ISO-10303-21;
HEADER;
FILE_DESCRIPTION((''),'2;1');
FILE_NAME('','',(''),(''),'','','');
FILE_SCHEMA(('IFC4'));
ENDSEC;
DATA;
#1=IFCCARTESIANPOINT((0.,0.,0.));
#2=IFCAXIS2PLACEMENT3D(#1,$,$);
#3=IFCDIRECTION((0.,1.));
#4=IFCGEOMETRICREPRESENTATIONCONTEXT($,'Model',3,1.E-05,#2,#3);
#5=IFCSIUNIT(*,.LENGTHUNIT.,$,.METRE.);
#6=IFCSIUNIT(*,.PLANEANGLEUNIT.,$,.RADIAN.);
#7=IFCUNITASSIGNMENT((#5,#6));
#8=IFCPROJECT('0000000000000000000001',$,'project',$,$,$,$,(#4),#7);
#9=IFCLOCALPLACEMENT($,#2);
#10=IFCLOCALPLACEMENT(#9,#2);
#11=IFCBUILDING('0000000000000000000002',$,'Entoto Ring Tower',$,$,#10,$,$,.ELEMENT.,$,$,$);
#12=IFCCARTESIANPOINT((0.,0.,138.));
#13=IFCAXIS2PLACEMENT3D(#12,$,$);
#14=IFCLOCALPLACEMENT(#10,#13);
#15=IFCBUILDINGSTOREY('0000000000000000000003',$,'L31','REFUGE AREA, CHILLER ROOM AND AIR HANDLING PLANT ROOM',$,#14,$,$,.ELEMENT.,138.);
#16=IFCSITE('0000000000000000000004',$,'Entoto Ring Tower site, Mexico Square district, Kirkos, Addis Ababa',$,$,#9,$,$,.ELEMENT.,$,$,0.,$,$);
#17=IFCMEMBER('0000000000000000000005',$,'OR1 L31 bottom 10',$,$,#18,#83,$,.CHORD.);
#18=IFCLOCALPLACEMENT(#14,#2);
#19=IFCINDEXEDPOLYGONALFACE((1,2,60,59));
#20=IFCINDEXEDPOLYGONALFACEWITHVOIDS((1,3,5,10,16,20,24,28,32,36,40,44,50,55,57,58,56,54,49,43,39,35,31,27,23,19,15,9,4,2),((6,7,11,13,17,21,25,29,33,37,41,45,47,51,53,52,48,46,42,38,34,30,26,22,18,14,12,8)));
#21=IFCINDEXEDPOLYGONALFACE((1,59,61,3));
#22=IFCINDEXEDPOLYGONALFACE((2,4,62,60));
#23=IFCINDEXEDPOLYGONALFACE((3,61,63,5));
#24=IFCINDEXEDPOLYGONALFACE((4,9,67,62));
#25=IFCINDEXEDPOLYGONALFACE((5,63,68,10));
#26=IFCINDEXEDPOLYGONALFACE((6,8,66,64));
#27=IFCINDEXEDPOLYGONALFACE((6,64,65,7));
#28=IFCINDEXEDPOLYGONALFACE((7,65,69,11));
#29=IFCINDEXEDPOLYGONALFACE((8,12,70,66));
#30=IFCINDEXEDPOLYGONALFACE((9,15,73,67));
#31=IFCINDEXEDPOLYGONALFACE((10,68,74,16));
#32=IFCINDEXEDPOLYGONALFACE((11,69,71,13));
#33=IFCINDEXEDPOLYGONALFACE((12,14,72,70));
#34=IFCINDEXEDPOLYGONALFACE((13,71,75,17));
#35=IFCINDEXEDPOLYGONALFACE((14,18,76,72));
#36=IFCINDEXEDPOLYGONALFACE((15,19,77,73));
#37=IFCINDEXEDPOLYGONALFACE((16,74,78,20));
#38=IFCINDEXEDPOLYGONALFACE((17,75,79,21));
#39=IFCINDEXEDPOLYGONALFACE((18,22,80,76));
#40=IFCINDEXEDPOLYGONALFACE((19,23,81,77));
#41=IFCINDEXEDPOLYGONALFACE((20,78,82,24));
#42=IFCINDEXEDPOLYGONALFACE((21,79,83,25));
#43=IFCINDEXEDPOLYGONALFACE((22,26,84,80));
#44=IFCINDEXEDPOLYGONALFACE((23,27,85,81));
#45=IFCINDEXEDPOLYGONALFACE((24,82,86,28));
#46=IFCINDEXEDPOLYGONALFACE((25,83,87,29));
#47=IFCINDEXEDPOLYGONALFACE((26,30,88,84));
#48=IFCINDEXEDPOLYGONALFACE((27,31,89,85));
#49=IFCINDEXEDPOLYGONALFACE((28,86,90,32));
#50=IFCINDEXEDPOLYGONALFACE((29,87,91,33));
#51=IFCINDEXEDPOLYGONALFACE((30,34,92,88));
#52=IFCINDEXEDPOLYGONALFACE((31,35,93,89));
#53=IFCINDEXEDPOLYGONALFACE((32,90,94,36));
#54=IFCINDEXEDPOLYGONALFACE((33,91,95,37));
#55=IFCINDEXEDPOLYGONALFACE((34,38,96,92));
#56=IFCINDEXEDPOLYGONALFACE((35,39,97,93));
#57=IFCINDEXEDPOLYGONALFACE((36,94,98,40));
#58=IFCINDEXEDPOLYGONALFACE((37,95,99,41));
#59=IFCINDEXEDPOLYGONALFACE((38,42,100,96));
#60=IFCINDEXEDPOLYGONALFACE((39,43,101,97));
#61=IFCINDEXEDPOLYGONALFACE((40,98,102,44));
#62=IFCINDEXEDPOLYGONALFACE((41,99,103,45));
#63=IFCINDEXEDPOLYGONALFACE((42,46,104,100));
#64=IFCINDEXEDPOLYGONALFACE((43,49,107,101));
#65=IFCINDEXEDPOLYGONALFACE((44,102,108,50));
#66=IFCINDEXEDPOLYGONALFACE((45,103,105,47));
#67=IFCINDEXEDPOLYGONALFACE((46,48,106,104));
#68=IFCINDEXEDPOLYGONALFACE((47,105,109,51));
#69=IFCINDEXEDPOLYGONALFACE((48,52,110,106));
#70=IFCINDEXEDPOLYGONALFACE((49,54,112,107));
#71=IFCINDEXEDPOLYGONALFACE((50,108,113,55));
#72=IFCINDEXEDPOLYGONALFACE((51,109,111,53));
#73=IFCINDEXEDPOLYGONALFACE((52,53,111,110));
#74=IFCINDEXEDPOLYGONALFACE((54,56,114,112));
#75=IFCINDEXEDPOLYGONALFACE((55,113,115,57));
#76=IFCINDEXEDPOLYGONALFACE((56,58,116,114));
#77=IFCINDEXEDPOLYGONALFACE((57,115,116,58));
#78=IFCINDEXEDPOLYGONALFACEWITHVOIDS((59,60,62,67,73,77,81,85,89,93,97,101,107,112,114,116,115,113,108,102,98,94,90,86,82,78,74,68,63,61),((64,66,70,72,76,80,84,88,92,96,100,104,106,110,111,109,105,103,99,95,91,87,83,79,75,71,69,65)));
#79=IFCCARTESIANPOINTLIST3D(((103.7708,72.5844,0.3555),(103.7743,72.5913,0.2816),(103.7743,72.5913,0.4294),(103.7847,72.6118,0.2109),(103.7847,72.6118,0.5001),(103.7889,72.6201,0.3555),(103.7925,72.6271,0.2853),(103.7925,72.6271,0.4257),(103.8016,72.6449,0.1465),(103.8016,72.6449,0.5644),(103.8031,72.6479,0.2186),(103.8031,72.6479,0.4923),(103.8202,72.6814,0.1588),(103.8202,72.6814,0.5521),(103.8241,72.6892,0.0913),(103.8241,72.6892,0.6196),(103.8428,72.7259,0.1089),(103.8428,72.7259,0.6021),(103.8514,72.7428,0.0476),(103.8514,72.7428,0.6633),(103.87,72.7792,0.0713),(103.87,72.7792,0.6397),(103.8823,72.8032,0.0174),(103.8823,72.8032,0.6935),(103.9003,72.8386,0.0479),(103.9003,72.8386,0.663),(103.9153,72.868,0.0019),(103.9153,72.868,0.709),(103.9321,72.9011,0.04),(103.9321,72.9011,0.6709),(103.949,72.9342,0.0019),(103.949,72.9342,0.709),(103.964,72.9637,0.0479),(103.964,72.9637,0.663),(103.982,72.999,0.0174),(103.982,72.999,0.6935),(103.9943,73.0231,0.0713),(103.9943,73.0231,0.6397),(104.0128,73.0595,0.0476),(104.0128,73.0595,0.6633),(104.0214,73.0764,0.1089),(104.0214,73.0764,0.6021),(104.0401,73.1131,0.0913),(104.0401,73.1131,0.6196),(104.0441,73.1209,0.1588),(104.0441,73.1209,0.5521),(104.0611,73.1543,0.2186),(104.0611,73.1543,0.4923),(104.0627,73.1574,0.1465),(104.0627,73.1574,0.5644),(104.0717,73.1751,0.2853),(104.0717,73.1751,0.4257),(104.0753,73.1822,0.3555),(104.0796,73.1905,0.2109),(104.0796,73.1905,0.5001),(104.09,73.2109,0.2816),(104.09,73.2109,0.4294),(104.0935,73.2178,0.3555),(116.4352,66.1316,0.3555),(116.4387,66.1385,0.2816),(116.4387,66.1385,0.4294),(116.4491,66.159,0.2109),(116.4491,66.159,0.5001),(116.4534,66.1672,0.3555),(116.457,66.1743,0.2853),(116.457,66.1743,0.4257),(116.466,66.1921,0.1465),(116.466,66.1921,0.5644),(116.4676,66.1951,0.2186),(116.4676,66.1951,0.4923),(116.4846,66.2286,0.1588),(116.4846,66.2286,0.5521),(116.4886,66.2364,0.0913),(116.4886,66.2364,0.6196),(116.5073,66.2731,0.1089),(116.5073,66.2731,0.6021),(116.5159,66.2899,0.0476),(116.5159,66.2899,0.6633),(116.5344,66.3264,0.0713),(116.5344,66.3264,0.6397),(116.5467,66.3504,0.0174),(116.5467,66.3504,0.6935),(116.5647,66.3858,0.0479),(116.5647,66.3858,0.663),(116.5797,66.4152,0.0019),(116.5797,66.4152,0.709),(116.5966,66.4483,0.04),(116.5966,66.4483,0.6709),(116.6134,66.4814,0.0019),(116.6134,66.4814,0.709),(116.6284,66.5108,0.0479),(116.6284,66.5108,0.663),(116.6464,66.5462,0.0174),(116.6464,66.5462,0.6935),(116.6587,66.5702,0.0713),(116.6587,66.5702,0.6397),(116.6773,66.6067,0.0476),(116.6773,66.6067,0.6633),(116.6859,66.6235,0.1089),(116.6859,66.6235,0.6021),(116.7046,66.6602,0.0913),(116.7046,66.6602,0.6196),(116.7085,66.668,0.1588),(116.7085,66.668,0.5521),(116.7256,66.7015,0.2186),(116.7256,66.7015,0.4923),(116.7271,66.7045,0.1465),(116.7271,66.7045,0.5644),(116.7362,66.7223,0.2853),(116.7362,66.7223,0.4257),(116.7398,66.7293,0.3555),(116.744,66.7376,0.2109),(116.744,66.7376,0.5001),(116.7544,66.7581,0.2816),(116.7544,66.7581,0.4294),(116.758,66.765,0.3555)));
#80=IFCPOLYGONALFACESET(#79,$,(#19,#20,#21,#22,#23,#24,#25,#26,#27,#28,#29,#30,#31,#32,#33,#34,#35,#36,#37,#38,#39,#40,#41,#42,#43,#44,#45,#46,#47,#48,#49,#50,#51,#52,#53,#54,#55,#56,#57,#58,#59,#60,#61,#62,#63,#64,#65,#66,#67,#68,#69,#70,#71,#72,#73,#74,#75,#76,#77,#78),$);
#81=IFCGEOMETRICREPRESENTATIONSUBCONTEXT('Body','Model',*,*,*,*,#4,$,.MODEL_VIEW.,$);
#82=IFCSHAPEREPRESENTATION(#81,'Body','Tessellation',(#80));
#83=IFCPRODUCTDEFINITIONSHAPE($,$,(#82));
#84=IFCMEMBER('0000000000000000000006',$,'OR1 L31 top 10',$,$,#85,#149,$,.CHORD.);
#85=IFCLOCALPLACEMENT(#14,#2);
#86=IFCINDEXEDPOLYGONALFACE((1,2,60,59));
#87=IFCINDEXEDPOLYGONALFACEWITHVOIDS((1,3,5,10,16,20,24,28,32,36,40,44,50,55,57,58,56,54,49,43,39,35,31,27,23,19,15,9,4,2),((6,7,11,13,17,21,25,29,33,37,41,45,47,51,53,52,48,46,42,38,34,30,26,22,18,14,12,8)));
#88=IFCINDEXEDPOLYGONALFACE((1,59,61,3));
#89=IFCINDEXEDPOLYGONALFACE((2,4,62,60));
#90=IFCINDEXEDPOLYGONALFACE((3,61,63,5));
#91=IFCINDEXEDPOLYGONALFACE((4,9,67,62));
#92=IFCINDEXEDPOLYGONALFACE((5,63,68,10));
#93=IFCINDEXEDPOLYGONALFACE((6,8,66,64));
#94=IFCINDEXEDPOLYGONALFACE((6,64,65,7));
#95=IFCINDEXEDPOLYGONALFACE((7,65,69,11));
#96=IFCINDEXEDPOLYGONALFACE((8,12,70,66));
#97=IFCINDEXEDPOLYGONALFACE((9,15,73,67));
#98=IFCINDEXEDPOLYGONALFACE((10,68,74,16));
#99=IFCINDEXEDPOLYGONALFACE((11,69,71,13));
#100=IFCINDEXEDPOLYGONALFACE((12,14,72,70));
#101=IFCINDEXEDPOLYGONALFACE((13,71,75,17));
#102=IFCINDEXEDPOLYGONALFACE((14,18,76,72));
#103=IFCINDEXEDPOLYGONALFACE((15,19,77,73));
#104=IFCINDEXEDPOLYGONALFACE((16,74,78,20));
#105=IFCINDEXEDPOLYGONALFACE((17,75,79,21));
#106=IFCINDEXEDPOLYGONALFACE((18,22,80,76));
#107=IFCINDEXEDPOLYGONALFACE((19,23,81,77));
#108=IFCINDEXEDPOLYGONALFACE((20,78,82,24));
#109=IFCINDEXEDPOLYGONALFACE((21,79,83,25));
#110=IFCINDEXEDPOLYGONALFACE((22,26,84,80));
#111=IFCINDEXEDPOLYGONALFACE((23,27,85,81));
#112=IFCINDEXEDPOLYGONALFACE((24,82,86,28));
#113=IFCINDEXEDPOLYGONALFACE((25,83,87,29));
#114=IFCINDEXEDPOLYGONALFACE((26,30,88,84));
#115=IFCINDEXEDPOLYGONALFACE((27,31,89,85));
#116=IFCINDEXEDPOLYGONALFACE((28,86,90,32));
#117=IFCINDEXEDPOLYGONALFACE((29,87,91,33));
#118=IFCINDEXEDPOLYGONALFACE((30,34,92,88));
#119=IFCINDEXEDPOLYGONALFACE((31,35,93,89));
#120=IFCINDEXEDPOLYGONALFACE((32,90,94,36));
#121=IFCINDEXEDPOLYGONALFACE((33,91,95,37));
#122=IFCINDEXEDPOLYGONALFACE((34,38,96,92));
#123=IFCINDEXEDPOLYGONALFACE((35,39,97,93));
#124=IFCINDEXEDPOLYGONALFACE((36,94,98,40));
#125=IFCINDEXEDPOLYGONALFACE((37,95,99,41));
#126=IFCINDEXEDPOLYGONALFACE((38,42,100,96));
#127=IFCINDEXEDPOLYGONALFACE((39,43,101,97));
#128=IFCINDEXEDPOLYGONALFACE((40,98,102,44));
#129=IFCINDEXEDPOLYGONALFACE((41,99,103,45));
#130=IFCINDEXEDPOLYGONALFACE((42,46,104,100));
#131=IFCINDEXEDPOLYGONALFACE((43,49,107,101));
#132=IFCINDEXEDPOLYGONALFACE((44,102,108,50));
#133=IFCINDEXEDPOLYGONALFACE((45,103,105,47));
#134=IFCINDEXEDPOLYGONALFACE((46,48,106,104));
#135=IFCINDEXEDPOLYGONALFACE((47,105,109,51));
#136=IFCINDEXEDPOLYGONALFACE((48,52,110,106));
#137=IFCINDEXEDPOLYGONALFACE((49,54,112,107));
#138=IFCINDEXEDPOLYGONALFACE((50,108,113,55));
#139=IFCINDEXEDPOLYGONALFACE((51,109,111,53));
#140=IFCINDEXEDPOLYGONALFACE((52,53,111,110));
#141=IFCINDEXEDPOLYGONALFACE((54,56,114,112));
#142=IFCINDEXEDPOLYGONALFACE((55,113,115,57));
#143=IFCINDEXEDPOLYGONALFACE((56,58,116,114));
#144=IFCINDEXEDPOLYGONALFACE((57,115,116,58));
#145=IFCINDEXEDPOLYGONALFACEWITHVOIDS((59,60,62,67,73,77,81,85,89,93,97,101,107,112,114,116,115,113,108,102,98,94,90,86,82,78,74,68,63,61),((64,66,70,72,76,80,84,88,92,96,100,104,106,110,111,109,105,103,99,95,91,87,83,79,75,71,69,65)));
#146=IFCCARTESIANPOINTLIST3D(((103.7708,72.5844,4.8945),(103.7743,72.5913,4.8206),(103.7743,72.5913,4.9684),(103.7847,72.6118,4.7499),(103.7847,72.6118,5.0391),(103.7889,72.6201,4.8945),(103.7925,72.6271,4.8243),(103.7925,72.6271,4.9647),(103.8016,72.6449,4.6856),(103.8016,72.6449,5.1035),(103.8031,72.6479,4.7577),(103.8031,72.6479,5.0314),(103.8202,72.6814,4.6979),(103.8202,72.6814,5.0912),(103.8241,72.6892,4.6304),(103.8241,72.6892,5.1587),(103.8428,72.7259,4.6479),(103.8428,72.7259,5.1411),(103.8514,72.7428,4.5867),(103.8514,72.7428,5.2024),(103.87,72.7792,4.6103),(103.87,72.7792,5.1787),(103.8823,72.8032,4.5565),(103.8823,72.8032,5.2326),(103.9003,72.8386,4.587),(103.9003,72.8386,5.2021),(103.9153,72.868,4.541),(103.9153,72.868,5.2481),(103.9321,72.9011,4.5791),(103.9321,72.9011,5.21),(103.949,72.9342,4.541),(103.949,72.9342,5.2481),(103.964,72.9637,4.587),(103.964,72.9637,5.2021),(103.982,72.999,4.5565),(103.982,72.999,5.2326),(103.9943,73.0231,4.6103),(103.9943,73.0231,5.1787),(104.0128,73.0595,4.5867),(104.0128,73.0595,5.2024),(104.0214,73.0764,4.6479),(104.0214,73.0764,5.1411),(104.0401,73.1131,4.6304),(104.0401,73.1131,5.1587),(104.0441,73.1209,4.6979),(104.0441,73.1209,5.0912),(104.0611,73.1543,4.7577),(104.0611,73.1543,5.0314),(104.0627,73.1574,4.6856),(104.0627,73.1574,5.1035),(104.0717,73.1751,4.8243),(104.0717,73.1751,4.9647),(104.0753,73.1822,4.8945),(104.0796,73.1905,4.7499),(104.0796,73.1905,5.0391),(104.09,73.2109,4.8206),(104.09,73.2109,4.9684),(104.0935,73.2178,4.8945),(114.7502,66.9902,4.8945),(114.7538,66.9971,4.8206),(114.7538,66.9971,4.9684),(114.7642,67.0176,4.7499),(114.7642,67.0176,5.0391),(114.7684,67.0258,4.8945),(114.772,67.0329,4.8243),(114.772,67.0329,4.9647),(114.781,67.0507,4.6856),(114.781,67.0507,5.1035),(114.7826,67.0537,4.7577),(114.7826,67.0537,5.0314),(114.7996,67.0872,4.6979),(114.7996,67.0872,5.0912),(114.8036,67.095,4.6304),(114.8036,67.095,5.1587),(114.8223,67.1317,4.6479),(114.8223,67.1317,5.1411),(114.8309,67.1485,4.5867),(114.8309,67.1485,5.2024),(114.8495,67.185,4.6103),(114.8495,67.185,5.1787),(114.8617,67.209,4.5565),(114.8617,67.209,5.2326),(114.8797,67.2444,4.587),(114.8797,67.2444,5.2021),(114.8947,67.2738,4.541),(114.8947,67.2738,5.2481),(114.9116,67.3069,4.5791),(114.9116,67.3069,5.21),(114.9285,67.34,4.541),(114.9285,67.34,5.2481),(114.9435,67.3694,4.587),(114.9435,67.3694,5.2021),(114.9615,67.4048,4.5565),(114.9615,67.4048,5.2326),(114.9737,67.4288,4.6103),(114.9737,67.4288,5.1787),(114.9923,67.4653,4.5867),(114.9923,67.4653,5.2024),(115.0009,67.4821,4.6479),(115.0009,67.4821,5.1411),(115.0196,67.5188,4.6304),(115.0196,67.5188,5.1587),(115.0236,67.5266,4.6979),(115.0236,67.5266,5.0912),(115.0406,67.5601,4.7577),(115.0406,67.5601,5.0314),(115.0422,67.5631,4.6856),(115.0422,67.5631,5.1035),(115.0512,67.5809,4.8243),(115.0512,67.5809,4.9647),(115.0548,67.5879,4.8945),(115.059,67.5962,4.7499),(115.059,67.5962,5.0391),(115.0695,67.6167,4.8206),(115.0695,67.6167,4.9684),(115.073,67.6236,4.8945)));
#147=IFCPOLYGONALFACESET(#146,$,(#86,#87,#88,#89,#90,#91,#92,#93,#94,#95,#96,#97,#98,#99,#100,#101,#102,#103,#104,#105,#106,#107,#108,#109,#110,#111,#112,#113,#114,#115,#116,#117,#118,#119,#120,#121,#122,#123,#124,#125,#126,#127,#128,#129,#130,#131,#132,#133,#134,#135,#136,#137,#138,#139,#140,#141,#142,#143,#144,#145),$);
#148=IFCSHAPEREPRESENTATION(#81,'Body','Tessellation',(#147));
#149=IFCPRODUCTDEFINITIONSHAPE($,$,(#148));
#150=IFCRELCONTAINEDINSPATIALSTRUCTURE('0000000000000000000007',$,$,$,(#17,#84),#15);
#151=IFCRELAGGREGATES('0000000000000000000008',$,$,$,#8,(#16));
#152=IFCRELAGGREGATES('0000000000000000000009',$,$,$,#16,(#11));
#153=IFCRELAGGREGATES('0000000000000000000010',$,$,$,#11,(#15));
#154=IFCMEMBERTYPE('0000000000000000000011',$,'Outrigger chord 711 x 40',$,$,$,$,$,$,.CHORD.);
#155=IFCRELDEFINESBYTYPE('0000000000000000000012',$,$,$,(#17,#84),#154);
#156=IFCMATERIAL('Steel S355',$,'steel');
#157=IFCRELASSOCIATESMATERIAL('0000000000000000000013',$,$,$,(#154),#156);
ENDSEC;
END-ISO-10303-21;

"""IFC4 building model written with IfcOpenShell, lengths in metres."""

from ifc_helpers import new_model, si_unit, direction, frame, origin, origin_2d, place, context, subcontext, project, spatial, circle, hollow_circle, extrude, material, material_profile, profile_set, type_object, element, save


model = new_model("IFC4")

# Units and contexts
model_context = context("Model", 3, precision=1e-05, world=origin(), true_north=direction((0.0, 1.0)))
body_context = subcontext(model_context, "Body", "Model", "MODEL_VIEW")
ifc_project = project(units=[si_unit("LENGTHUNIT", "METRE"), si_unit("PLANEANGLEUNIT", "RADIAN")], contexts=[model_context])

# Site, building, storey
site_placement = place(None, origin())
site = spatial("IfcSite", under=ifc_project, at=site_placement, Name="Entoto Ring Tower site, Mexico Square district, Kirkos, Addis Ababa", CompositionType="ELEMENT", RefElevation=0.0)
building_placement = place(site_placement, origin())
building = spatial("IfcBuilding", under=site, at=building_placement, Name="Entoto Ring Tower", CompositionType="ELEMENT")
storey_placement = place(building_placement, frame((0.0, 0.0, 138.0)))
storey = spatial("IfcBuildingStorey", under=building, at=storey_placement, Name="L31", Description="REFUGE AREA, CHILLER ROOM AND AIR HANDLING PLANT ROOM", CompositionType="ELEMENT", Elevation=138.0)

# Members
ifc_material_1 = material(Name="Steel S355", Category="steel")
ifc_material_profile_1 = material_profile(ifc_material_1, hollow_circle(Radius=0.3555, WallThickness=0.04, at=origin_2d()), Name="CHS 711 x 40")
ifc_material_2 = material(Name="Concrete C60/75", Category="concrete")
ifc_material_profile_2 = material_profile(ifc_material_2, circle(Radius=0.3154, at=origin_2d()), Name="Concrete C60/75 infill")
ifc_profile_set_1 = profile_set([ifc_material_profile_1, ifc_material_profile_2], Name="Steel S355")
member_type_1 = type_object("IfcMemberType", Name="Outrigger chord 711 x 40", PredefinedType="CHORD", material=ifc_profile_set_1)
member_1_placement = place(storey_placement, frame((103.9321, 72.9011, 0.3555), z_axis=(0.891007, -0.453989, 0.0), x_axis=(0.453989, 0.891007, 0.0)))
element("IfcMember", 1, at=member_1_placement, inside=storey, type_object=member_type_1, Name="OR1 L31 bottom 10", PredefinedType="CHORD", context=body_context, shape_type="SweptSolid", body=[
    extrude(hollow_circle(Radius=0.3555, WallThickness=0.04, at=origin_2d()), origin(), (0.0, 0.0, 1.0), 14.2136),
])
member_2_placement = place(storey_placement, frame((103.9321, 72.9011, 4.8945), z_axis=(0.89101, -0.453985, 0.0), x_axis=(0.453985, 0.89101, 0.0)))
element("IfcMember", 2, at=member_2_placement, inside=storey, type_object=member_type_1, Name="OR1 L31 top 10", PredefinedType="CHORD", context=body_context, shape_type="SweptSolid", body=[
    extrude(hollow_circle(Radius=0.3555, WallThickness=0.04, at=origin_2d()), origin(), (0.0, 0.0, 1.0), 12.3225),
])

save(model, "model.ifc")
